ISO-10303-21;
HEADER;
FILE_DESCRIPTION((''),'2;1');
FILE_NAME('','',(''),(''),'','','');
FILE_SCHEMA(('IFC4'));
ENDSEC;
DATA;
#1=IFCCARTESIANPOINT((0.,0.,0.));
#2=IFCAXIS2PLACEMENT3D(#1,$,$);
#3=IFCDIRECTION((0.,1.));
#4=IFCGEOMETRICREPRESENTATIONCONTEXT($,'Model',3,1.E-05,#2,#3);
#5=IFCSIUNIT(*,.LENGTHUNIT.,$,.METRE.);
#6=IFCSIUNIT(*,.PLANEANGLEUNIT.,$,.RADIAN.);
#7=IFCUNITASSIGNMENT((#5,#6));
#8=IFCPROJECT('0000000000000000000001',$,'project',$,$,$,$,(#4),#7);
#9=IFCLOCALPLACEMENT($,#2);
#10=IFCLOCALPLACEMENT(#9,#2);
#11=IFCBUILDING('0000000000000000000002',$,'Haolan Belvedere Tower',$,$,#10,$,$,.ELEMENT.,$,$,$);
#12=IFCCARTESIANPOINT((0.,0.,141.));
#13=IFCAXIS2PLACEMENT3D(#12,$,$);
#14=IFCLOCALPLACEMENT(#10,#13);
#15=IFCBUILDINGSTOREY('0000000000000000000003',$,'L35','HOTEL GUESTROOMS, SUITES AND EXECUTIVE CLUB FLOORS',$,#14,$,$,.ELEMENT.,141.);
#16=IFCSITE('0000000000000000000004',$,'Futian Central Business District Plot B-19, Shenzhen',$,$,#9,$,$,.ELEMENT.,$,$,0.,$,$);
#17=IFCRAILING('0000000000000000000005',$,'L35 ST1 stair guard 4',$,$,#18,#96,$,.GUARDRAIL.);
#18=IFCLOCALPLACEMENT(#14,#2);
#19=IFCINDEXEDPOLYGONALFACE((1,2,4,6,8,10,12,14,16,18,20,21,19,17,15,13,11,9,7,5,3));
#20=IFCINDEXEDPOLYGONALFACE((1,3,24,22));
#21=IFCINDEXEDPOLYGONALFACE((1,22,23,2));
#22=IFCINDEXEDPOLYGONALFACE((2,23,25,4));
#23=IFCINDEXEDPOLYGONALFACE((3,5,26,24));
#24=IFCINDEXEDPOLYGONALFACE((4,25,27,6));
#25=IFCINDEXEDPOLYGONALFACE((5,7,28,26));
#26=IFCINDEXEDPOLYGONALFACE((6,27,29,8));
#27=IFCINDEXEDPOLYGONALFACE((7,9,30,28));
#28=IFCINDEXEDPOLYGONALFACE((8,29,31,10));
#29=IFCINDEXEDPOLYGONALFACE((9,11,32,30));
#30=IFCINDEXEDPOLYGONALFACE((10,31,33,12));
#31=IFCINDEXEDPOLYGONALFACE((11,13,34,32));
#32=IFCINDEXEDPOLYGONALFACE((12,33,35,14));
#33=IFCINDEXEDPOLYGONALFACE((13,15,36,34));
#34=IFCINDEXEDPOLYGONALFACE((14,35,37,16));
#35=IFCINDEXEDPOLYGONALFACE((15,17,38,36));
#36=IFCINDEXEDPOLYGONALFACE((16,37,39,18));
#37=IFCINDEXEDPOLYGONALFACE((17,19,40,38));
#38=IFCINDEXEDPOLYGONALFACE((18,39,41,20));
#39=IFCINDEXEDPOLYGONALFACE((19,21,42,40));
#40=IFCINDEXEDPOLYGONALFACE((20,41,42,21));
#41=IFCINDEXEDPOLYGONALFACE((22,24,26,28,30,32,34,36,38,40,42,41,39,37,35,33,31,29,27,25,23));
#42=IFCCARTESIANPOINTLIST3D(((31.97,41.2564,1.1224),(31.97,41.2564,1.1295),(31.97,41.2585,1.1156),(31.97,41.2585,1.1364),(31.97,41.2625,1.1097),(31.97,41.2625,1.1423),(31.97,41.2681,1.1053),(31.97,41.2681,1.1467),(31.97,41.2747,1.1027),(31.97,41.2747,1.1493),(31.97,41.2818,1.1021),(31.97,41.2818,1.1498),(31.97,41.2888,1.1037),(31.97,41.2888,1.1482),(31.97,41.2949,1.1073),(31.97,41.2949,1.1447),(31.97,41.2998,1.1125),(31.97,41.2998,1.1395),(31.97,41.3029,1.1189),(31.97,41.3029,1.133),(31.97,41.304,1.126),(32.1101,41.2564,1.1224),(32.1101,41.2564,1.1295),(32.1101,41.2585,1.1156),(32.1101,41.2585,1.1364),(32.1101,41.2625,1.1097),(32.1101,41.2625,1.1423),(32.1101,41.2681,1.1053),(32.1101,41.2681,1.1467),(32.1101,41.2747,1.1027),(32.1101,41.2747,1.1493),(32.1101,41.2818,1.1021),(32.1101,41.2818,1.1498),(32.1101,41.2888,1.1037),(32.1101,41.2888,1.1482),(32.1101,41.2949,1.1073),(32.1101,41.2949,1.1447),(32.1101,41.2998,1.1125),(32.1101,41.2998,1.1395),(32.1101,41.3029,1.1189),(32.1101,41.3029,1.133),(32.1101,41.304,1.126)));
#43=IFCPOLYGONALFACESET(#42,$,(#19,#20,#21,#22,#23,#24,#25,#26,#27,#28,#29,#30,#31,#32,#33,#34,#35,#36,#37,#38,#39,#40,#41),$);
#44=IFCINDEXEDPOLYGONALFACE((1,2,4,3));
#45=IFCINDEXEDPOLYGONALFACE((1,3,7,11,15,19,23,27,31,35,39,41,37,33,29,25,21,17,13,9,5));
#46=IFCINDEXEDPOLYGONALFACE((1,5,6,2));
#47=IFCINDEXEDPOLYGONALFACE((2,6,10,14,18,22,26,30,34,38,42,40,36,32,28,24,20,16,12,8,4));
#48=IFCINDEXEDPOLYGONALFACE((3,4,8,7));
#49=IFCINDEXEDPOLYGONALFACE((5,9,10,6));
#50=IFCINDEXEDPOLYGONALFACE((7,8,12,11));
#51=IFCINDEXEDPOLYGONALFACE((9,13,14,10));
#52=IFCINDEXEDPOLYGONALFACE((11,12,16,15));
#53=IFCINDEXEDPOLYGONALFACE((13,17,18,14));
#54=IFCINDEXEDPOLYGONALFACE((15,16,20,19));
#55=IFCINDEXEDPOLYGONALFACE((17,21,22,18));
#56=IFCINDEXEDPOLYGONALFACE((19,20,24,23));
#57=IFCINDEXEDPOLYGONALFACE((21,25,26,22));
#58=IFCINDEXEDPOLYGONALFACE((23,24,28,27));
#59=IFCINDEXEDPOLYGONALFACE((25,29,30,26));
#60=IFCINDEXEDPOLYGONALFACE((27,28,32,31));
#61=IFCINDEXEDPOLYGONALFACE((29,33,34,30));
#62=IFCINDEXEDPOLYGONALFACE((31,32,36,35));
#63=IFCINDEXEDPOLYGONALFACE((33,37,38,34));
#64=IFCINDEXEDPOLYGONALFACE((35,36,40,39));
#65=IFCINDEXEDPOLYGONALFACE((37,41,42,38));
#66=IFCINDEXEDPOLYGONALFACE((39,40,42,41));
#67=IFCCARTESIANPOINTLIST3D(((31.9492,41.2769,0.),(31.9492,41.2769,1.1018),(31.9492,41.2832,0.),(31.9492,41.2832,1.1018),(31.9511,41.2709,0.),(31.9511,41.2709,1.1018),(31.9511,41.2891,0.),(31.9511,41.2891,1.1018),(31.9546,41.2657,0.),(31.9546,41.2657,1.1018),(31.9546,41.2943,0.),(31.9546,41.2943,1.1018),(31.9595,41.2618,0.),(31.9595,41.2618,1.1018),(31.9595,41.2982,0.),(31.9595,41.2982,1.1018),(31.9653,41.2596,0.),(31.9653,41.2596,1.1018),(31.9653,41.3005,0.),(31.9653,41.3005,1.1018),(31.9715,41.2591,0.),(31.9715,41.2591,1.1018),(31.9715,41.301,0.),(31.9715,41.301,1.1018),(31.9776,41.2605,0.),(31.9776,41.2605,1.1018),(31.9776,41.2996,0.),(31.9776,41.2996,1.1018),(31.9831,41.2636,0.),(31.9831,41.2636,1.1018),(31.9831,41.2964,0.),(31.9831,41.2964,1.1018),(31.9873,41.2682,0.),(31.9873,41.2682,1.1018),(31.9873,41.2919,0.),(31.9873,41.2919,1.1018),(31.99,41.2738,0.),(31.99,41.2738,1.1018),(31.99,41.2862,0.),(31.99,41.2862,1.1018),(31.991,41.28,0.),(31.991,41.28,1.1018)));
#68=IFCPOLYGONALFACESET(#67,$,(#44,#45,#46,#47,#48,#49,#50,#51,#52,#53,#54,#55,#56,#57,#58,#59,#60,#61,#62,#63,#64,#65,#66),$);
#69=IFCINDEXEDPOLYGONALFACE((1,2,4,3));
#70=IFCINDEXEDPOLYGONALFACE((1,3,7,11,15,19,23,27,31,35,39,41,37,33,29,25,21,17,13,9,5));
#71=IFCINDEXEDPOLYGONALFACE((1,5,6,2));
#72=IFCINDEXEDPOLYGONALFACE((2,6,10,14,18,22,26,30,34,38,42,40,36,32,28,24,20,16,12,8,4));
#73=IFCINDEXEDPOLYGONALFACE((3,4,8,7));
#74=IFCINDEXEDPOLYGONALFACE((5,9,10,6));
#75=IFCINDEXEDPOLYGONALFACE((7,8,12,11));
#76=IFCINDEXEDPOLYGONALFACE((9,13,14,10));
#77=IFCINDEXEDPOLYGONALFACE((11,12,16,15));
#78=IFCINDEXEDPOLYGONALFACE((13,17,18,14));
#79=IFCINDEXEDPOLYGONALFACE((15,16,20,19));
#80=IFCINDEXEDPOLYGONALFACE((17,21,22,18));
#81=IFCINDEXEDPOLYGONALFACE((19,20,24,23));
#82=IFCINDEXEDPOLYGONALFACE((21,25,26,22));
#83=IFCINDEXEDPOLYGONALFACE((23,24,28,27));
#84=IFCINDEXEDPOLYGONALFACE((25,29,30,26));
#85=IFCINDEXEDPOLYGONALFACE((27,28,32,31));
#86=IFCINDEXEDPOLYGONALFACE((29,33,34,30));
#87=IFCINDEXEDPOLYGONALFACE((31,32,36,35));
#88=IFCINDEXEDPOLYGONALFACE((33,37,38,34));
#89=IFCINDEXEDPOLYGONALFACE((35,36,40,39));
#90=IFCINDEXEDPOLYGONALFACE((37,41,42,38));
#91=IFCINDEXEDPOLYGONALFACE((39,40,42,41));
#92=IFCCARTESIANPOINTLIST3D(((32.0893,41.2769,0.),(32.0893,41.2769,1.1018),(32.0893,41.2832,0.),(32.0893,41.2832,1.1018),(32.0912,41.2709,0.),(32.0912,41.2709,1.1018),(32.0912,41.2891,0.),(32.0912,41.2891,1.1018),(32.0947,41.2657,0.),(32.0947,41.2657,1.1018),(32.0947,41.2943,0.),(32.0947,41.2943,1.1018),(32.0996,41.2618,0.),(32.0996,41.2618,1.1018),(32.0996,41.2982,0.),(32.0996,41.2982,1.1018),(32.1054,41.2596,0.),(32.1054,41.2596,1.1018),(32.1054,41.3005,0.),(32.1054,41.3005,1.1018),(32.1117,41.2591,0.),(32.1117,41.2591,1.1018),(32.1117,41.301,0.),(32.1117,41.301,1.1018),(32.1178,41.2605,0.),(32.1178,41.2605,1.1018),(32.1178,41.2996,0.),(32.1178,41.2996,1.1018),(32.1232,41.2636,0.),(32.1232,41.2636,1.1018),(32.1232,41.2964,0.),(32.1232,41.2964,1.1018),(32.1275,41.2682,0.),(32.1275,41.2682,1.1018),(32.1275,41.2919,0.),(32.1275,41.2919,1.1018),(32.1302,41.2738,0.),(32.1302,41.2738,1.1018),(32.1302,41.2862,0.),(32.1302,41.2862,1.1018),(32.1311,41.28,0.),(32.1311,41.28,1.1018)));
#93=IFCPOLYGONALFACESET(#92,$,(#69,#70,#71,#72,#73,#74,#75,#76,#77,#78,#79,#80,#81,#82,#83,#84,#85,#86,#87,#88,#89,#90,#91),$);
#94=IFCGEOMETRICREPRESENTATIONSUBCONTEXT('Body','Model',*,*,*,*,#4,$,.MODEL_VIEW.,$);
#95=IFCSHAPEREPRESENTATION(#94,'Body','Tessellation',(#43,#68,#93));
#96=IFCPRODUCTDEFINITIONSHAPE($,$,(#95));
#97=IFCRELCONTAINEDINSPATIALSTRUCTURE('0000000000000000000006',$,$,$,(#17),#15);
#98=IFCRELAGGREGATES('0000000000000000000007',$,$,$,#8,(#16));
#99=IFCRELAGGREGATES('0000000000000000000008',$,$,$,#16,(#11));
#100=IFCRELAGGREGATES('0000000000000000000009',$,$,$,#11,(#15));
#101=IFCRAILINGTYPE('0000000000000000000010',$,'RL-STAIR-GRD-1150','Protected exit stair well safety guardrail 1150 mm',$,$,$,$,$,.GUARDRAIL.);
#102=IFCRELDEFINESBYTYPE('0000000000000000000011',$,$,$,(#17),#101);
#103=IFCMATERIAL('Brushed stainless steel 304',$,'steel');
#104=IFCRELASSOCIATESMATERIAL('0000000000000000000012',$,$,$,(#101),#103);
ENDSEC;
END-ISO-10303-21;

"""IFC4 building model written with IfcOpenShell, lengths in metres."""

from ifc_helpers import new_model, si_unit, direction, frame, origin, origin_2d, place, context, subcontext, project, spatial, circle, extrude, material, type_object, element, save


model = new_model("IFC4")

# Units and contexts
model_context = context("Model", 3, precision=1e-05, world=origin(), true_north=direction((0.0, 1.0)))
body_context = subcontext(model_context, "Body", "Model", "MODEL_VIEW")
ifc_project = project(units=[si_unit("LENGTHUNIT", "METRE"), si_unit("PLANEANGLEUNIT", "RADIAN")], contexts=[model_context])

# Site, building, storey
site_placement = place(None, origin())
site = spatial("IfcSite", under=ifc_project, at=site_placement, Name="Futian Central Business District Plot B-19, Shenzhen", CompositionType="ELEMENT", RefElevation=0.0)
building_placement = place(site_placement, origin())
building = spatial("IfcBuilding", under=site, at=building_placement, Name="Haolan Belvedere Tower", CompositionType="ELEMENT")
storey_placement = place(building_placement, frame((0.0, 0.0, 141.0)))
storey = spatial("IfcBuildingStorey", under=building, at=storey_placement, Name="L35", Description="HOTEL GUESTROOMS, SUITES AND EXECUTIVE CLUB FLOORS", CompositionType="ELEMENT", Elevation=141.0)

# Railing
ifc_material_1 = material(Name="Brushed stainless steel 304", Category="steel")
railing_type_1 = type_object("IfcRailingType", Name="RL-STAIR-GRD-1150", Description="Protected exit stair well safety guardrail 1150 mm", PredefinedType="GUARDRAIL", material=ifc_material_1)
railing_1_placement = place(storey_placement, frame((31.97, 41.28, 0.0)))
element("IfcRailing", 1, at=railing_1_placement, inside=storey, type_object=railing_type_1, Name="L35 ST1 stair guard 4", PredefinedType="GUARDRAIL", context=body_context, shape_type="SweptSolid", body=[
    extrude(circle(Radius=0.0239, at=origin_2d()), frame((0.0, 0.0, 1.126), z_axis=(1.0, 0.0, 0.0), x_axis=(0.0, 1.0, 0.0)), (0.0, 0.0, 1.0), 0.1401),
    extrude(circle(Radius=0.021, at=origin_2d()), origin(), (0.0, 0.0, 1.0), 1.1018),
    extrude(circle(Radius=0.021, at=origin_2d()), frame((0.1401, 0.0, 0.0)), (0.0, 0.0, 1.0), 1.1018),
])

save(model, "model.ifc")
